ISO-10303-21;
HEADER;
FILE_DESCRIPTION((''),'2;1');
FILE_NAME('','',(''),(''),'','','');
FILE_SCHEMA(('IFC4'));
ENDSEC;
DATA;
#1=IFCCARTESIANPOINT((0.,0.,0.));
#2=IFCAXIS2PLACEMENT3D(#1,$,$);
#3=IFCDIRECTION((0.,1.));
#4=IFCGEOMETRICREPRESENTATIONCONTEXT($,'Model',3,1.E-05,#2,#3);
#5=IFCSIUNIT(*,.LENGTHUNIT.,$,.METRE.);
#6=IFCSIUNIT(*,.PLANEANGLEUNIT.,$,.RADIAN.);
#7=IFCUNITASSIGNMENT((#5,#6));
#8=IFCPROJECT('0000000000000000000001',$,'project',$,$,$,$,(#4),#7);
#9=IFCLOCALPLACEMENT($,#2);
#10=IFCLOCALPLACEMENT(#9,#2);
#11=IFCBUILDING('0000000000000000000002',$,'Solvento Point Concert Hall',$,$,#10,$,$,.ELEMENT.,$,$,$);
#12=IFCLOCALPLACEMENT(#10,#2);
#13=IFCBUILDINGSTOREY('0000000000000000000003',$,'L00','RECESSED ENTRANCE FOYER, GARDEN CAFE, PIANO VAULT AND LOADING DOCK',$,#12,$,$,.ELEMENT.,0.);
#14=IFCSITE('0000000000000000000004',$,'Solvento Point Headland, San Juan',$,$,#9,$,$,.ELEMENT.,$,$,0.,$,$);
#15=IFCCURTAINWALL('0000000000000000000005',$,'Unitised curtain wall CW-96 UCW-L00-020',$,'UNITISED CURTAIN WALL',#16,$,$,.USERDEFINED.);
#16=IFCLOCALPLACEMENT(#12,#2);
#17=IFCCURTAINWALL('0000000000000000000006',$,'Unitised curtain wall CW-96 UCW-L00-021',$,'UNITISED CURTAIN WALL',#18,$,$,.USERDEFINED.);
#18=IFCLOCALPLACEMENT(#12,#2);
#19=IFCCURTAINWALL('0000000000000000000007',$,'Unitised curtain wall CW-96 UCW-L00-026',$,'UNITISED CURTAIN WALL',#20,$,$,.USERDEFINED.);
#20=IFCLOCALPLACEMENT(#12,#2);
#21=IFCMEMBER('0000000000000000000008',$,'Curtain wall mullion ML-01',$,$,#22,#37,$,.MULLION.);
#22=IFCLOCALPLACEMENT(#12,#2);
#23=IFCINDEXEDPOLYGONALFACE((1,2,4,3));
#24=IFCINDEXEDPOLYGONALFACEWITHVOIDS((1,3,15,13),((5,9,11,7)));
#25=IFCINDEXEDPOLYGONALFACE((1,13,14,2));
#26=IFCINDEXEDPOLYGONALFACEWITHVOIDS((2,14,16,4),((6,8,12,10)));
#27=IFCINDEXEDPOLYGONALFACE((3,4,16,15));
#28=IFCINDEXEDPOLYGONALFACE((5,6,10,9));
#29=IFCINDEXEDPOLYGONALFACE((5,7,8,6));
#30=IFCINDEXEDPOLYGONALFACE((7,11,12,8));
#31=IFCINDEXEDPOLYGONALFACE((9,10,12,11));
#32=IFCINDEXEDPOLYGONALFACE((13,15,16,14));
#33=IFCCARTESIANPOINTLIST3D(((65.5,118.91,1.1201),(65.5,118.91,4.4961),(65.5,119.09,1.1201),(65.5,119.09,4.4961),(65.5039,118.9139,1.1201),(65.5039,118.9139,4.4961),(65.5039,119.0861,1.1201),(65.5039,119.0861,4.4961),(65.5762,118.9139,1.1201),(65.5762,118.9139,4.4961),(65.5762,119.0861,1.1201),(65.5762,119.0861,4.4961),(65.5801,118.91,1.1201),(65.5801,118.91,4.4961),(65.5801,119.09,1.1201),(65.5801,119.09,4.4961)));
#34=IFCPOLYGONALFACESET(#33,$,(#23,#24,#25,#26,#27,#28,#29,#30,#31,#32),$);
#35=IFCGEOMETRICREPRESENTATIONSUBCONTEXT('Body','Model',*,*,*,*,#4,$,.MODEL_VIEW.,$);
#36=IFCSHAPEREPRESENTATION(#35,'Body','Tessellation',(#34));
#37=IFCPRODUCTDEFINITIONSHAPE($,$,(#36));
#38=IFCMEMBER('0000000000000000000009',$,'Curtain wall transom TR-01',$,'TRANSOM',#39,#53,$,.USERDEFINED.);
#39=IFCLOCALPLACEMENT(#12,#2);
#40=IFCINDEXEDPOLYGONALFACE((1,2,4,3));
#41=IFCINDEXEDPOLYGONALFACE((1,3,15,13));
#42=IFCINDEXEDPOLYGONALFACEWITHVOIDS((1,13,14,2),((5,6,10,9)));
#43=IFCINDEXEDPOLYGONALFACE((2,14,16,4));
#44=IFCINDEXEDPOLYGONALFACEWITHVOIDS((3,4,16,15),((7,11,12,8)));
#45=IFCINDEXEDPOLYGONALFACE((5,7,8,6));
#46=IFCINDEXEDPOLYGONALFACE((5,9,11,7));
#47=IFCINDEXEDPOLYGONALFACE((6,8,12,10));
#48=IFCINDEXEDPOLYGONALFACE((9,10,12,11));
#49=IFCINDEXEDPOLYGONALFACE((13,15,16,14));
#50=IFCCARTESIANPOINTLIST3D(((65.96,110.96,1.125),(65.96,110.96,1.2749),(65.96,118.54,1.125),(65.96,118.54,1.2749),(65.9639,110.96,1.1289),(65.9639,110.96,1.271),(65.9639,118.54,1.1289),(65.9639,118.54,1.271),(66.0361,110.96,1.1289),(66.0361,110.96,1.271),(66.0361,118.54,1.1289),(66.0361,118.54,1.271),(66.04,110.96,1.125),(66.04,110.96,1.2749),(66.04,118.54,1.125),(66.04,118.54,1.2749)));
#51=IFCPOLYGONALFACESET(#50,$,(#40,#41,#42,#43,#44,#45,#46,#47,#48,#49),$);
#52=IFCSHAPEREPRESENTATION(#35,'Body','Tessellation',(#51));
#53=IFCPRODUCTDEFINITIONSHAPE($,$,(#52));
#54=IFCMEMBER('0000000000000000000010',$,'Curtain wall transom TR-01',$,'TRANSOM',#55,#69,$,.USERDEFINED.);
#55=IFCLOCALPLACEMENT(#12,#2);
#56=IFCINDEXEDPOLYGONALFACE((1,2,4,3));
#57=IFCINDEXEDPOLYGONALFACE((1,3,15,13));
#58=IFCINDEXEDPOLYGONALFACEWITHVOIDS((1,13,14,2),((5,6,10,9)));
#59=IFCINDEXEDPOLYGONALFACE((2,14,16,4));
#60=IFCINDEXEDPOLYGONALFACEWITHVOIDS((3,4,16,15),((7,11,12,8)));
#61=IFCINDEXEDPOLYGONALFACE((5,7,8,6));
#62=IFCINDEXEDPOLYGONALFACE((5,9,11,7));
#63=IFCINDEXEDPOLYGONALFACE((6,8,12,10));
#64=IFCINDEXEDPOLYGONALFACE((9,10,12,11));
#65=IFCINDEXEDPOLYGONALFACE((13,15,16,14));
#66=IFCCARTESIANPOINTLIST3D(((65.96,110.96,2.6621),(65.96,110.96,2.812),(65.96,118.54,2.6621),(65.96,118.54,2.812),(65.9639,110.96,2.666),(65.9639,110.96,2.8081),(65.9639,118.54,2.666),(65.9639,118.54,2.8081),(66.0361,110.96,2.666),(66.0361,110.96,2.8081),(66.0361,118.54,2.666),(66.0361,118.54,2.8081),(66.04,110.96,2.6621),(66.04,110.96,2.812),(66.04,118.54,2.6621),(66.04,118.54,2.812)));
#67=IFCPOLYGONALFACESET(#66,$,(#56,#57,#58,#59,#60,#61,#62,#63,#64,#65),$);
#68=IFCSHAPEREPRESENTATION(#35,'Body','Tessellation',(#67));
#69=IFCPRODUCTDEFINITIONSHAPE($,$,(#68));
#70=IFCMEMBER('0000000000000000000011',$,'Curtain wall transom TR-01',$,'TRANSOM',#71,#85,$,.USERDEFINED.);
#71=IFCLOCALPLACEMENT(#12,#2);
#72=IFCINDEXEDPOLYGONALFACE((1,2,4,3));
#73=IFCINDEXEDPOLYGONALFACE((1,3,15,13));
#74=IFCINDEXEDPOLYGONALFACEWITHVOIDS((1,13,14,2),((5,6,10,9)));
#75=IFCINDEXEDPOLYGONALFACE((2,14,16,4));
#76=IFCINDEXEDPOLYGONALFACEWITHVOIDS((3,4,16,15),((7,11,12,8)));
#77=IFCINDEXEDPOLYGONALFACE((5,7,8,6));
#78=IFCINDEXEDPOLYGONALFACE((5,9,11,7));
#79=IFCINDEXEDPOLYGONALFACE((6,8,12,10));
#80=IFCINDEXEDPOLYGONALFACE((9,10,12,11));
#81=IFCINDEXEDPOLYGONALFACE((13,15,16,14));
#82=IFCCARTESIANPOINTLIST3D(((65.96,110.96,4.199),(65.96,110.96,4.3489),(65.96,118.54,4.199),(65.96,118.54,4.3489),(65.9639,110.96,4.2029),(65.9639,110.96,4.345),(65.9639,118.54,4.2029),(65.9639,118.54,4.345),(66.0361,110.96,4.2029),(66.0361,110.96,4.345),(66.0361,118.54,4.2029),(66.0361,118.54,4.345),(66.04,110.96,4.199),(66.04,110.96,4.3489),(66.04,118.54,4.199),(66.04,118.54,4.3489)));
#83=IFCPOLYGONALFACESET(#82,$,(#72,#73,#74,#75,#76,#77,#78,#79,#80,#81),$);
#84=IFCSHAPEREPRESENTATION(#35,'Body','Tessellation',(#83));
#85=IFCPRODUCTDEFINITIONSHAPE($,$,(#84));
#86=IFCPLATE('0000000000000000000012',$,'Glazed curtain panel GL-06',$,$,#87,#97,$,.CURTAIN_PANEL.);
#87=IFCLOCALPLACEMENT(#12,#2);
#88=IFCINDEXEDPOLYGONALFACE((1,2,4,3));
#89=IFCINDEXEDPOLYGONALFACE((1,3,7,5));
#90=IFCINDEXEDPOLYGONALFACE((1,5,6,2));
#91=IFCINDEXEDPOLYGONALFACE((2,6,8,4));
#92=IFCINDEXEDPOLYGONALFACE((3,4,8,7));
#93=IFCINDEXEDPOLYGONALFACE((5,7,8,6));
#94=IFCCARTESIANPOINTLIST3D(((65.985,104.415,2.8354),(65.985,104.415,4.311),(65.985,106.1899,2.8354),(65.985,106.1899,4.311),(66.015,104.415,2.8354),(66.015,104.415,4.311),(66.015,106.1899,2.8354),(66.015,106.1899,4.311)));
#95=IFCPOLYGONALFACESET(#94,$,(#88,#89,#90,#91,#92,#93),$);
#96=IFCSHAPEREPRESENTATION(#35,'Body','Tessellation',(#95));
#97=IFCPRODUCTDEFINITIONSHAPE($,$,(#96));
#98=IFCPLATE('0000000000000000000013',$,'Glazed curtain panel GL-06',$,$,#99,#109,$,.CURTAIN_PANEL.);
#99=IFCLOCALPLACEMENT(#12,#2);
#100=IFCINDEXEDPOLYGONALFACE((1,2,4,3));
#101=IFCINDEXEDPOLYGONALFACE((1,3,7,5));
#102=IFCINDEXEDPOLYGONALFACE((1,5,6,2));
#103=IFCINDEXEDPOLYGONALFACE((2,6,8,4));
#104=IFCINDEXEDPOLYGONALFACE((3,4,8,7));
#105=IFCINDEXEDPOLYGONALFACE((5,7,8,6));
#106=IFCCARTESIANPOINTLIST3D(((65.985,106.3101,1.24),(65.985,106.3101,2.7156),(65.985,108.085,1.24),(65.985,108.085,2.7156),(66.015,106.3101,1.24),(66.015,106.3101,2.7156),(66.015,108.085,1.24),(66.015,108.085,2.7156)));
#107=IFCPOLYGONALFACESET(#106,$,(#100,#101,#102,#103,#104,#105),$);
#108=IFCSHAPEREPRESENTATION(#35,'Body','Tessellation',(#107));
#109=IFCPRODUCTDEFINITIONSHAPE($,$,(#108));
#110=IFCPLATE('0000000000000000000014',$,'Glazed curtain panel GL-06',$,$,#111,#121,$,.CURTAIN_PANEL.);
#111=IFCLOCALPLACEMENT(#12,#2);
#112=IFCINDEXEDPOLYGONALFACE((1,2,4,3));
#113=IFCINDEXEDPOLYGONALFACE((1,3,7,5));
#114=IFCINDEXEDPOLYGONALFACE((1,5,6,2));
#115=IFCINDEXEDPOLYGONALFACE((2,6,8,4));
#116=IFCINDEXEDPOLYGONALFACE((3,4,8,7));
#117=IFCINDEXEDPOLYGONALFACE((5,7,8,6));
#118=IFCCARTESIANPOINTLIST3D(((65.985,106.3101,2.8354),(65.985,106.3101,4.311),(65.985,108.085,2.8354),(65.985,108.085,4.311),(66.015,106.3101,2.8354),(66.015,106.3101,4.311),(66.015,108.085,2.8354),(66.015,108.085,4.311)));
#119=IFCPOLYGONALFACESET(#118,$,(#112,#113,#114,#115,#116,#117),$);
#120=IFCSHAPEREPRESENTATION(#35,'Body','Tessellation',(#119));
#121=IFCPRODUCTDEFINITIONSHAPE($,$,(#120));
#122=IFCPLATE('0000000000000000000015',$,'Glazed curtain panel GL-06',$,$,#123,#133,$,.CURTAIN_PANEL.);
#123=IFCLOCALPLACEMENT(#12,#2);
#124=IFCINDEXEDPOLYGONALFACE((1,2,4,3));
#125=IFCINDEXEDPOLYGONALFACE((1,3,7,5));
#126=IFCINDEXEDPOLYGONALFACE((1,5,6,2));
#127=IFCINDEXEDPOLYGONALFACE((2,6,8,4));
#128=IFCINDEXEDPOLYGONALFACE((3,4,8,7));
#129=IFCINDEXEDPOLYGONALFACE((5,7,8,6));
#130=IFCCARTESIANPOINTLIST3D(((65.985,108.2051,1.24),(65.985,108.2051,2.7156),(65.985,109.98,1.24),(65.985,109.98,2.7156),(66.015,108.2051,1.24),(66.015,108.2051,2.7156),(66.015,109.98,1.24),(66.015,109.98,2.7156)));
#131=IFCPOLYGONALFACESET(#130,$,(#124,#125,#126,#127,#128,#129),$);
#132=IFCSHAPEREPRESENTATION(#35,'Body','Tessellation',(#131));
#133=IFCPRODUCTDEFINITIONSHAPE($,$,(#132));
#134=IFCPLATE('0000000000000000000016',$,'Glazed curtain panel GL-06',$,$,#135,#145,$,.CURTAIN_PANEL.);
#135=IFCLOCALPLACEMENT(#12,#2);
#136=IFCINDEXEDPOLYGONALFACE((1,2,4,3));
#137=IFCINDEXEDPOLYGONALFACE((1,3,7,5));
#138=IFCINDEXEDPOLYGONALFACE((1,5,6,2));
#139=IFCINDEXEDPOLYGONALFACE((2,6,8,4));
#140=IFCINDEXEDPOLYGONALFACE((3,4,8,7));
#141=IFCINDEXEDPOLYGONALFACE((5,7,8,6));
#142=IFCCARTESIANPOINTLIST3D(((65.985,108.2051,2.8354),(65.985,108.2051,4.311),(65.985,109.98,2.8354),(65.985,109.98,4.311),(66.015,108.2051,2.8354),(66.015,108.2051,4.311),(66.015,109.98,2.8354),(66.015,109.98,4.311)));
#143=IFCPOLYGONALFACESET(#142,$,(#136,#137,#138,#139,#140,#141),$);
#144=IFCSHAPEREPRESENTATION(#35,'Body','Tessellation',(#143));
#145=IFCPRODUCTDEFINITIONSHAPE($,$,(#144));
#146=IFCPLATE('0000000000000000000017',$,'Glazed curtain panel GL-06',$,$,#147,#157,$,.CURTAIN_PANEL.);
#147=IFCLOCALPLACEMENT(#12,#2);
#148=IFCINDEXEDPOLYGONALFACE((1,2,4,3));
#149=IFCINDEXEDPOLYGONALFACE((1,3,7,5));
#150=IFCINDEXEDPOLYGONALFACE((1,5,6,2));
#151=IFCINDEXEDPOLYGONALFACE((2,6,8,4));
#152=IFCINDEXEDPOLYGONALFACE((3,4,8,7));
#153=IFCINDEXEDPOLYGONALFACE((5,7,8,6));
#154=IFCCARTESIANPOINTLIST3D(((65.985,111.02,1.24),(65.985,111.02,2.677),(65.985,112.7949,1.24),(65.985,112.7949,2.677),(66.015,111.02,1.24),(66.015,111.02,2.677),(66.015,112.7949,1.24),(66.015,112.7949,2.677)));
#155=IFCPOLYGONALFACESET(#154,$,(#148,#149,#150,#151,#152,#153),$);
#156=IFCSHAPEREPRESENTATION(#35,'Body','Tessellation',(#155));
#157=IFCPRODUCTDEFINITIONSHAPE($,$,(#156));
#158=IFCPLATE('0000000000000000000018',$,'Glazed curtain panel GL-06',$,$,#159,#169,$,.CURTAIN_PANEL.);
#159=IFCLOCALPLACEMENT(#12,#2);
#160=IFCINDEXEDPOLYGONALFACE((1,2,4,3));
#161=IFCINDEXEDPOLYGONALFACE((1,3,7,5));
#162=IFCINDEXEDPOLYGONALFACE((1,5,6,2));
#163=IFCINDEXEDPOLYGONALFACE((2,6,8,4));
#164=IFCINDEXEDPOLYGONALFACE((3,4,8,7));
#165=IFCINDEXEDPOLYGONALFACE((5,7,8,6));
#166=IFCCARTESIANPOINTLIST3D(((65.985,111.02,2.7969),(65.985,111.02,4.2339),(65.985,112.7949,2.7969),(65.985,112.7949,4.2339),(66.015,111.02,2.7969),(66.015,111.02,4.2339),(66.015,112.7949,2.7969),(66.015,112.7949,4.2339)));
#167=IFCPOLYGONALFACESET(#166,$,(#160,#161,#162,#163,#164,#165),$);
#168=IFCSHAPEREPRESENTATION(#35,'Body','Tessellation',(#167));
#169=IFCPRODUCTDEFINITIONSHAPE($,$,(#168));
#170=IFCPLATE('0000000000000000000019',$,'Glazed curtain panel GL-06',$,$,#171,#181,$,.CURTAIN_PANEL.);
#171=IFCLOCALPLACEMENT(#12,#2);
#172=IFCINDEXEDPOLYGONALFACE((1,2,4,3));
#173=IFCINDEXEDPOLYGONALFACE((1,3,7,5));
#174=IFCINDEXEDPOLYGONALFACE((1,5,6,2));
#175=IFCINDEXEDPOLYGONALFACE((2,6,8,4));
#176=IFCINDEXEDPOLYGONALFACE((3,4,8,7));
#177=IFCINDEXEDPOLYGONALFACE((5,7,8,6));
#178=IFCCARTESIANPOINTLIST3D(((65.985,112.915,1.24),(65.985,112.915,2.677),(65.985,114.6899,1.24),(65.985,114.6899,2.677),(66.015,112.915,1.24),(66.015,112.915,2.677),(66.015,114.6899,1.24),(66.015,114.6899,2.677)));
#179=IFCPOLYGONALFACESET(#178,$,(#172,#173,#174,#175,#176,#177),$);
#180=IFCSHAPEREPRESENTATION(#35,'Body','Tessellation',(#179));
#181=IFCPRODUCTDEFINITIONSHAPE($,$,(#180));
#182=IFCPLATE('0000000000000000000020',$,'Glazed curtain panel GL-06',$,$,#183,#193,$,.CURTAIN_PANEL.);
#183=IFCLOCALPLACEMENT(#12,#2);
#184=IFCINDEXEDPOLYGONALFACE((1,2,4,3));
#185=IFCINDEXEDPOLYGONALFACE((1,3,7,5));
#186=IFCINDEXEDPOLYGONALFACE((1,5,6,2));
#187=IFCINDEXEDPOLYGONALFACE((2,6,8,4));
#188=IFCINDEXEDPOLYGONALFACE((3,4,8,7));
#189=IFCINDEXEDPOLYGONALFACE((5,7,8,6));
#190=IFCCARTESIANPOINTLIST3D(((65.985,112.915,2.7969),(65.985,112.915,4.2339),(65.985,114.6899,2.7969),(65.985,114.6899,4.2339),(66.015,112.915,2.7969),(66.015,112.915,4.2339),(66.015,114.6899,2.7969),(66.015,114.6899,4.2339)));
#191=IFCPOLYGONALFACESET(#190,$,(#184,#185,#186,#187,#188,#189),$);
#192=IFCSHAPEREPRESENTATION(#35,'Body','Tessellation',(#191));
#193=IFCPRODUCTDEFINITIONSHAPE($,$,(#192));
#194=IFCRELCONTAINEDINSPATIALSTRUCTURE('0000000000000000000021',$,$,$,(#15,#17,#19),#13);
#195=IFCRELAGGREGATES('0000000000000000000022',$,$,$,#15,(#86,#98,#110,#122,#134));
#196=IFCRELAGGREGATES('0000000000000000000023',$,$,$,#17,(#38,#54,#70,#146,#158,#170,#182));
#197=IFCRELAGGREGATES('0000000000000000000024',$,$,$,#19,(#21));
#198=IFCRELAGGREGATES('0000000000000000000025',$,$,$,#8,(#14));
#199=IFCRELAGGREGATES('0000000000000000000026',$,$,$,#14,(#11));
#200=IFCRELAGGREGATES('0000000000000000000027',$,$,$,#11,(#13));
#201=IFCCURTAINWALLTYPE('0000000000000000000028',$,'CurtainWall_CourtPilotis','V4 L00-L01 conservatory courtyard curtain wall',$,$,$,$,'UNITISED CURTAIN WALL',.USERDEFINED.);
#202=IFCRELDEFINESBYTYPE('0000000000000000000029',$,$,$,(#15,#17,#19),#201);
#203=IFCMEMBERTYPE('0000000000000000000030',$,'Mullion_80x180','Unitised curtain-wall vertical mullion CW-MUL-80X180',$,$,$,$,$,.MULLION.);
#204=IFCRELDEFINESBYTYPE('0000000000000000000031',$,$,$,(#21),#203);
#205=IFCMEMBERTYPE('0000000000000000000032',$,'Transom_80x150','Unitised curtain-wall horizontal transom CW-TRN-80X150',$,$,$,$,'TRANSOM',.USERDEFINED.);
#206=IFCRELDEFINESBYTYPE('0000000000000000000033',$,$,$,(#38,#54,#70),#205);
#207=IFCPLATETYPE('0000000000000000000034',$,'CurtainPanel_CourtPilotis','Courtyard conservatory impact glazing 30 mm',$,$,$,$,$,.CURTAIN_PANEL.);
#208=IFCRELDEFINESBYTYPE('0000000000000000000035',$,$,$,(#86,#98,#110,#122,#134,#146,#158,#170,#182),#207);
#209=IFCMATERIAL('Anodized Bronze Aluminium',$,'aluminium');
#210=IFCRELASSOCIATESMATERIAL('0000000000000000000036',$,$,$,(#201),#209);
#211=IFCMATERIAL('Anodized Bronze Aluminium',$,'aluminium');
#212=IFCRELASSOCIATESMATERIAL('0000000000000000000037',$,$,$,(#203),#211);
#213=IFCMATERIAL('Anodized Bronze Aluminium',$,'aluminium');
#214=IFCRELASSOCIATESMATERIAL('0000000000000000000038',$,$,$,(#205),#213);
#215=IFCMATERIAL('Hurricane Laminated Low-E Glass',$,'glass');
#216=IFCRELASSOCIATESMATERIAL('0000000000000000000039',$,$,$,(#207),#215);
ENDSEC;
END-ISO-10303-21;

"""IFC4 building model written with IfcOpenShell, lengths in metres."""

from ifc_helpers import new_model, si_unit, direction, frame, origin, origin_2d, place, context, subcontext, project, spatial, rectangle, hollow_rectangle, extrude, material, material_profile, profile_set, type_object, element, aggregate, save


model = new_model("IFC4")

# Units and contexts
model_context = context("Model", 3, precision=1e-05, world=origin(), true_north=direction((0.0, 1.0)))
body_context = subcontext(model_context, "Body", "Model", "MODEL_VIEW")
ifc_project = project(units=[si_unit("LENGTHUNIT", "METRE"), si_unit("PLANEANGLEUNIT", "RADIAN")], contexts=[model_context])

# Site, building, storey
site_placement = place(None, origin())
site = spatial("IfcSite", under=ifc_project, at=site_placement, Name="Solvento Point Headland, San Juan", CompositionType="ELEMENT", RefElevation=0.0)
building_placement = place(site_placement, origin())
building = spatial("IfcBuilding", under=site, at=building_placement, Name="Solvento Point Concert Hall", CompositionType="ELEMENT")
storey_placement = place(building_placement, origin())
storey = spatial("IfcBuildingStorey", under=building, at=storey_placement, Name="L00", Description="RECESSED ENTRANCE FOYER, GARDEN CAFE, PIANO VAULT AND LOADING DOCK", CompositionType="ELEMENT", Elevation=0.0)

# Curtain walls, member
ifc_material_1 = material(Name="Anodized Bronze Aluminium", Category="aluminium")
curtain_wall_type = type_object("IfcCurtainWallType", Name="CurtainWall_CourtPilotis", Description="V4 L00-L01 conservatory courtyard curtain wall", ElementType="UNITISED CURTAIN WALL", PredefinedType="USERDEFINED", material=ifc_material_1)
curtain_wall_1_placement = place(storey_placement, origin())
curtain_wall_1 = element("IfcCurtainWall", 1, at=curtain_wall_1_placement, inside=storey, type_object=curtain_wall_type, Name="Unitised curtain wall CW-96 UCW-L00-020", ObjectType="UNITISED CURTAIN WALL", PredefinedType="USERDEFINED")
ifc_material_2 = material(Name="Anodized Bronze Aluminium", Category="aluminium")
ifc_material_profile_1 = material_profile(ifc_material_2, hollow_rectangle(XDim=0.0801, YDim=0.1799, WallThickness=0.0039, at=origin_2d()), Name="CW-MUL-80X180")
ifc_profile_set_1 = profile_set([ifc_material_profile_1], Name="Anodized Bronze Aluminium")
member_type_1 = type_object("IfcMemberType", Name="Mullion_80x180", Description="Unitised curtain-wall vertical mullion CW-MUL-80X180", PredefinedType="MULLION", material=ifc_profile_set_1)
curtain_wall_2_placement = place(storey_placement, origin())
curtain_wall_2 = element("IfcCurtainWall", 2, at=curtain_wall_2_placement, inside=storey, type_object=curtain_wall_type, Name="Unitised curtain wall CW-96 UCW-L00-021", ObjectType="UNITISED CURTAIN WALL", PredefinedType="USERDEFINED")
curtain_wall_3_placement = place(storey_placement, origin())
curtain_wall_3 = element("IfcCurtainWall", 3, at=curtain_wall_3_placement, inside=storey, type_object=curtain_wall_type, Name="Unitised curtain wall CW-96 UCW-L00-026", ObjectType="UNITISED CURTAIN WALL", PredefinedType="USERDEFINED")
member_1_placement = place(storey_placement, frame((65.54, 119.0, 1.1201), z_axis=(0.0, 0.0, 1.0), x_axis=(1.0, 0.0, 0.0)))
member_1 = element("IfcMember", 4, at=member_1_placement, type_object=member_type_1, Name="Curtain wall mullion ML-01", PredefinedType="MULLION", context=body_context, shape_type="SweptSolid", body=[
    extrude(hollow_rectangle(XDim=0.0801, YDim=0.1799, WallThickness=0.0039, at=origin_2d()), origin(), (0.0, 0.0, 1.0), 3.376),
])

# Members
ifc_material_3 = material(Name="Anodized Bronze Aluminium", Category="aluminium")
ifc_material_profile_2 = material_profile(ifc_material_3, hollow_rectangle(XDim=0.0801, YDim=0.1499, WallThickness=0.0039, at=origin_2d()), Name="CW-TRN-80X150")
ifc_profile_set_2 = profile_set([ifc_material_profile_2], Name="Anodized Bronze Aluminium")
member_type_2 = type_object("IfcMemberType", Name="Transom_80x150", Description="Unitised curtain-wall horizontal transom CW-TRN-80X150", ElementType="TRANSOM", PredefinedType="USERDEFINED", material=ifc_profile_set_2)
member_2_placement = place(storey_placement, frame((66.0, 110.96, 1.2), z_axis=(0.0, 1.0, 0.0), x_axis=(-1.0, 0.0, 0.0)))
member_2 = element("IfcMember", 5, at=member_2_placement, type_object=member_type_2, Name="Curtain wall transom TR-01", ObjectType="TRANSOM", PredefinedType="USERDEFINED", context=body_context, shape_type="SweptSolid", body=[
    extrude(hollow_rectangle(XDim=0.0801, YDim=0.1499, WallThickness=0.0039, at=origin_2d()), origin(), (0.0, 0.0, 1.0), 7.5801),
])
member_3_placement = place(storey_placement, frame((66.0, 110.96, 2.7371), z_axis=(0.0, 1.0, 0.0), x_axis=(-1.0, 0.0, 0.0)))
member_3 = element("IfcMember", 6, at=member_3_placement, type_object=member_type_2, Name="Curtain wall transom TR-01", ObjectType="TRANSOM", PredefinedType="USERDEFINED", context=body_context, shape_type="SweptSolid", body=[
    extrude(hollow_rectangle(XDim=0.0801, YDim=0.1499, WallThickness=0.0039, at=origin_2d()), origin(), (0.0, 0.0, 1.0), 7.5801),
])
member_4_placement = place(storey_placement, frame((66.0, 110.96, 4.2739), z_axis=(0.0, 1.0, 0.0), x_axis=(-1.0, 0.0, 0.0)))
member_4 = element("IfcMember", 7, at=member_4_placement, type_object=member_type_2, Name="Curtain wall transom TR-01", ObjectType="TRANSOM", PredefinedType="USERDEFINED", context=body_context, shape_type="SweptSolid", body=[
    extrude(hollow_rectangle(XDim=0.0801, YDim=0.1499, WallThickness=0.0039, at=origin_2d()), origin(), (0.0, 0.0, 1.0), 7.5801),
])

# Plates
ifc_material_4 = material(Name="Hurricane Laminated Low-E Glass", Category="glass")
plate_type = type_object("IfcPlateType", Name="CurtainPanel_CourtPilotis", Description="Courtyard conservatory impact glazing 30 mm", PredefinedType="CURTAIN_PANEL", material=ifc_material_4)
plate_1_placement = place(storey_placement, frame((66.0, 105.3025, 2.8354), z_axis=(0.0, 0.0, 1.0), x_axis=(0.0, 1.0, 0.0)))
plate_1 = element("IfcPlate", 8, at=plate_1_placement, type_object=plate_type, Name="Glazed curtain panel GL-06", PredefinedType="CURTAIN_PANEL", context=body_context, shape_type="SweptSolid", body=[
    extrude(rectangle(XDim=1.7749, YDim=0.03, at=origin_2d()), origin(), (0.0, 0.0, 1.0), 1.4756),
])
plate_2_placement = place(storey_placement, frame((66.0, 107.1975, 1.24), z_axis=(0.0, 0.0, 1.0), x_axis=(0.0, 1.0, 0.0)))
plate_2 = element("IfcPlate", 9, at=plate_2_placement, type_object=plate_type, Name="Glazed curtain panel GL-06", PredefinedType="CURTAIN_PANEL", context=body_context, shape_type="SweptSolid", body=[
    extrude(rectangle(XDim=1.7749, YDim=0.03, at=origin_2d()), origin(), (0.0, 0.0, 1.0), 1.4756),
])
plate_3_placement = place(storey_placement, frame((66.0, 107.1975, 2.8354), z_axis=(0.0, 0.0, 1.0), x_axis=(0.0, 1.0, 0.0)))
plate_3 = element("IfcPlate", 10, at=plate_3_placement, type_object=plate_type, Name="Glazed curtain panel GL-06", PredefinedType="CURTAIN_PANEL", context=body_context, shape_type="SweptSolid", body=[
    extrude(rectangle(XDim=1.7749, YDim=0.03, at=origin_2d()), origin(), (0.0, 0.0, 1.0), 1.4756),
])
plate_4_placement = place(storey_placement, frame((66.0, 109.0925, 1.24), z_axis=(0.0, 0.0, 1.0), x_axis=(0.0, 1.0, 0.0)))
plate_4 = element("IfcPlate", 11, at=plate_4_placement, type_object=plate_type, Name="Glazed curtain panel GL-06", PredefinedType="CURTAIN_PANEL", context=body_context, shape_type="SweptSolid", body=[
    extrude(rectangle(XDim=1.7749, YDim=0.03, at=origin_2d()), origin(), (0.0, 0.0, 1.0), 1.4756),
])
plate_5_placement = place(storey_placement, frame((66.0, 109.0925, 2.8354), z_axis=(0.0, 0.0, 1.0), x_axis=(0.0, 1.0, 0.0)))
plate_5 = element("IfcPlate", 12, at=plate_5_placement, type_object=plate_type, Name="Glazed curtain panel GL-06", PredefinedType="CURTAIN_PANEL", context=body_context, shape_type="SweptSolid", body=[
    extrude(rectangle(XDim=1.7749, YDim=0.03, at=origin_2d()), origin(), (0.0, 0.0, 1.0), 1.4756),
])
aggregate(curtain_wall_1, [plate_1, plate_2, plate_3, plate_4, plate_5])
plate_6_placement = place(storey_placement, frame((66.0, 111.9075, 1.24), z_axis=(0.0, 0.0, 1.0), x_axis=(0.0, 1.0, 0.0)))
plate_6 = element("IfcPlate", 13, at=plate_6_placement, type_object=plate_type, Name="Glazed curtain panel GL-06", PredefinedType="CURTAIN_PANEL", context=body_context, shape_type="SweptSolid", body=[
    extrude(rectangle(XDim=1.7749, YDim=0.03, at=origin_2d()), origin(), (0.0, 0.0, 1.0), 1.437),
])
plate_7_placement = place(storey_placement, frame((66.0, 111.9075, 2.7969), z_axis=(0.0, 0.0, 1.0), x_axis=(0.0, 1.0, 0.0)))
plate_7 = element("IfcPlate", 14, at=plate_7_placement, type_object=plate_type, Name="Glazed curtain panel GL-06", PredefinedType="CURTAIN_PANEL", context=body_context, shape_type="SweptSolid", body=[
    extrude(rectangle(XDim=1.7749, YDim=0.03, at=origin_2d()), origin(), (0.0, 0.0, 1.0), 1.437),
])
plate_8_placement = place(storey_placement, frame((66.0, 113.8025, 1.24), z_axis=(0.0, 0.0, 1.0), x_axis=(0.0, 1.0, 0.0)))
plate_8 = element("IfcPlate", 15, at=plate_8_placement, type_object=plate_type, Name="Glazed curtain panel GL-06", PredefinedType="CURTAIN_PANEL", context=body_context, shape_type="SweptSolid", body=[
    extrude(rectangle(XDim=1.7749, YDim=0.03, at=origin_2d()), origin(), (0.0, 0.0, 1.0), 1.437),
])
plate_9_placement = place(storey_placement, frame((66.0, 113.8025, 2.7969), z_axis=(0.0, 0.0, 1.0), x_axis=(0.0, 1.0, 0.0)))
plate_9 = element("IfcPlate", 16, at=plate_9_placement, type_object=plate_type, Name="Glazed curtain panel GL-06", PredefinedType="CURTAIN_PANEL", context=body_context, shape_type="SweptSolid", body=[
    extrude(rectangle(XDim=1.7749, YDim=0.03, at=origin_2d()), origin(), (0.0, 0.0, 1.0), 1.437),
])
aggregate(curtain_wall_2, [member_2, member_3, member_4, plate_6, plate_7, plate_8, plate_9])
aggregate(curtain_wall_3, [member_1])

save(model, "model.ifc")
